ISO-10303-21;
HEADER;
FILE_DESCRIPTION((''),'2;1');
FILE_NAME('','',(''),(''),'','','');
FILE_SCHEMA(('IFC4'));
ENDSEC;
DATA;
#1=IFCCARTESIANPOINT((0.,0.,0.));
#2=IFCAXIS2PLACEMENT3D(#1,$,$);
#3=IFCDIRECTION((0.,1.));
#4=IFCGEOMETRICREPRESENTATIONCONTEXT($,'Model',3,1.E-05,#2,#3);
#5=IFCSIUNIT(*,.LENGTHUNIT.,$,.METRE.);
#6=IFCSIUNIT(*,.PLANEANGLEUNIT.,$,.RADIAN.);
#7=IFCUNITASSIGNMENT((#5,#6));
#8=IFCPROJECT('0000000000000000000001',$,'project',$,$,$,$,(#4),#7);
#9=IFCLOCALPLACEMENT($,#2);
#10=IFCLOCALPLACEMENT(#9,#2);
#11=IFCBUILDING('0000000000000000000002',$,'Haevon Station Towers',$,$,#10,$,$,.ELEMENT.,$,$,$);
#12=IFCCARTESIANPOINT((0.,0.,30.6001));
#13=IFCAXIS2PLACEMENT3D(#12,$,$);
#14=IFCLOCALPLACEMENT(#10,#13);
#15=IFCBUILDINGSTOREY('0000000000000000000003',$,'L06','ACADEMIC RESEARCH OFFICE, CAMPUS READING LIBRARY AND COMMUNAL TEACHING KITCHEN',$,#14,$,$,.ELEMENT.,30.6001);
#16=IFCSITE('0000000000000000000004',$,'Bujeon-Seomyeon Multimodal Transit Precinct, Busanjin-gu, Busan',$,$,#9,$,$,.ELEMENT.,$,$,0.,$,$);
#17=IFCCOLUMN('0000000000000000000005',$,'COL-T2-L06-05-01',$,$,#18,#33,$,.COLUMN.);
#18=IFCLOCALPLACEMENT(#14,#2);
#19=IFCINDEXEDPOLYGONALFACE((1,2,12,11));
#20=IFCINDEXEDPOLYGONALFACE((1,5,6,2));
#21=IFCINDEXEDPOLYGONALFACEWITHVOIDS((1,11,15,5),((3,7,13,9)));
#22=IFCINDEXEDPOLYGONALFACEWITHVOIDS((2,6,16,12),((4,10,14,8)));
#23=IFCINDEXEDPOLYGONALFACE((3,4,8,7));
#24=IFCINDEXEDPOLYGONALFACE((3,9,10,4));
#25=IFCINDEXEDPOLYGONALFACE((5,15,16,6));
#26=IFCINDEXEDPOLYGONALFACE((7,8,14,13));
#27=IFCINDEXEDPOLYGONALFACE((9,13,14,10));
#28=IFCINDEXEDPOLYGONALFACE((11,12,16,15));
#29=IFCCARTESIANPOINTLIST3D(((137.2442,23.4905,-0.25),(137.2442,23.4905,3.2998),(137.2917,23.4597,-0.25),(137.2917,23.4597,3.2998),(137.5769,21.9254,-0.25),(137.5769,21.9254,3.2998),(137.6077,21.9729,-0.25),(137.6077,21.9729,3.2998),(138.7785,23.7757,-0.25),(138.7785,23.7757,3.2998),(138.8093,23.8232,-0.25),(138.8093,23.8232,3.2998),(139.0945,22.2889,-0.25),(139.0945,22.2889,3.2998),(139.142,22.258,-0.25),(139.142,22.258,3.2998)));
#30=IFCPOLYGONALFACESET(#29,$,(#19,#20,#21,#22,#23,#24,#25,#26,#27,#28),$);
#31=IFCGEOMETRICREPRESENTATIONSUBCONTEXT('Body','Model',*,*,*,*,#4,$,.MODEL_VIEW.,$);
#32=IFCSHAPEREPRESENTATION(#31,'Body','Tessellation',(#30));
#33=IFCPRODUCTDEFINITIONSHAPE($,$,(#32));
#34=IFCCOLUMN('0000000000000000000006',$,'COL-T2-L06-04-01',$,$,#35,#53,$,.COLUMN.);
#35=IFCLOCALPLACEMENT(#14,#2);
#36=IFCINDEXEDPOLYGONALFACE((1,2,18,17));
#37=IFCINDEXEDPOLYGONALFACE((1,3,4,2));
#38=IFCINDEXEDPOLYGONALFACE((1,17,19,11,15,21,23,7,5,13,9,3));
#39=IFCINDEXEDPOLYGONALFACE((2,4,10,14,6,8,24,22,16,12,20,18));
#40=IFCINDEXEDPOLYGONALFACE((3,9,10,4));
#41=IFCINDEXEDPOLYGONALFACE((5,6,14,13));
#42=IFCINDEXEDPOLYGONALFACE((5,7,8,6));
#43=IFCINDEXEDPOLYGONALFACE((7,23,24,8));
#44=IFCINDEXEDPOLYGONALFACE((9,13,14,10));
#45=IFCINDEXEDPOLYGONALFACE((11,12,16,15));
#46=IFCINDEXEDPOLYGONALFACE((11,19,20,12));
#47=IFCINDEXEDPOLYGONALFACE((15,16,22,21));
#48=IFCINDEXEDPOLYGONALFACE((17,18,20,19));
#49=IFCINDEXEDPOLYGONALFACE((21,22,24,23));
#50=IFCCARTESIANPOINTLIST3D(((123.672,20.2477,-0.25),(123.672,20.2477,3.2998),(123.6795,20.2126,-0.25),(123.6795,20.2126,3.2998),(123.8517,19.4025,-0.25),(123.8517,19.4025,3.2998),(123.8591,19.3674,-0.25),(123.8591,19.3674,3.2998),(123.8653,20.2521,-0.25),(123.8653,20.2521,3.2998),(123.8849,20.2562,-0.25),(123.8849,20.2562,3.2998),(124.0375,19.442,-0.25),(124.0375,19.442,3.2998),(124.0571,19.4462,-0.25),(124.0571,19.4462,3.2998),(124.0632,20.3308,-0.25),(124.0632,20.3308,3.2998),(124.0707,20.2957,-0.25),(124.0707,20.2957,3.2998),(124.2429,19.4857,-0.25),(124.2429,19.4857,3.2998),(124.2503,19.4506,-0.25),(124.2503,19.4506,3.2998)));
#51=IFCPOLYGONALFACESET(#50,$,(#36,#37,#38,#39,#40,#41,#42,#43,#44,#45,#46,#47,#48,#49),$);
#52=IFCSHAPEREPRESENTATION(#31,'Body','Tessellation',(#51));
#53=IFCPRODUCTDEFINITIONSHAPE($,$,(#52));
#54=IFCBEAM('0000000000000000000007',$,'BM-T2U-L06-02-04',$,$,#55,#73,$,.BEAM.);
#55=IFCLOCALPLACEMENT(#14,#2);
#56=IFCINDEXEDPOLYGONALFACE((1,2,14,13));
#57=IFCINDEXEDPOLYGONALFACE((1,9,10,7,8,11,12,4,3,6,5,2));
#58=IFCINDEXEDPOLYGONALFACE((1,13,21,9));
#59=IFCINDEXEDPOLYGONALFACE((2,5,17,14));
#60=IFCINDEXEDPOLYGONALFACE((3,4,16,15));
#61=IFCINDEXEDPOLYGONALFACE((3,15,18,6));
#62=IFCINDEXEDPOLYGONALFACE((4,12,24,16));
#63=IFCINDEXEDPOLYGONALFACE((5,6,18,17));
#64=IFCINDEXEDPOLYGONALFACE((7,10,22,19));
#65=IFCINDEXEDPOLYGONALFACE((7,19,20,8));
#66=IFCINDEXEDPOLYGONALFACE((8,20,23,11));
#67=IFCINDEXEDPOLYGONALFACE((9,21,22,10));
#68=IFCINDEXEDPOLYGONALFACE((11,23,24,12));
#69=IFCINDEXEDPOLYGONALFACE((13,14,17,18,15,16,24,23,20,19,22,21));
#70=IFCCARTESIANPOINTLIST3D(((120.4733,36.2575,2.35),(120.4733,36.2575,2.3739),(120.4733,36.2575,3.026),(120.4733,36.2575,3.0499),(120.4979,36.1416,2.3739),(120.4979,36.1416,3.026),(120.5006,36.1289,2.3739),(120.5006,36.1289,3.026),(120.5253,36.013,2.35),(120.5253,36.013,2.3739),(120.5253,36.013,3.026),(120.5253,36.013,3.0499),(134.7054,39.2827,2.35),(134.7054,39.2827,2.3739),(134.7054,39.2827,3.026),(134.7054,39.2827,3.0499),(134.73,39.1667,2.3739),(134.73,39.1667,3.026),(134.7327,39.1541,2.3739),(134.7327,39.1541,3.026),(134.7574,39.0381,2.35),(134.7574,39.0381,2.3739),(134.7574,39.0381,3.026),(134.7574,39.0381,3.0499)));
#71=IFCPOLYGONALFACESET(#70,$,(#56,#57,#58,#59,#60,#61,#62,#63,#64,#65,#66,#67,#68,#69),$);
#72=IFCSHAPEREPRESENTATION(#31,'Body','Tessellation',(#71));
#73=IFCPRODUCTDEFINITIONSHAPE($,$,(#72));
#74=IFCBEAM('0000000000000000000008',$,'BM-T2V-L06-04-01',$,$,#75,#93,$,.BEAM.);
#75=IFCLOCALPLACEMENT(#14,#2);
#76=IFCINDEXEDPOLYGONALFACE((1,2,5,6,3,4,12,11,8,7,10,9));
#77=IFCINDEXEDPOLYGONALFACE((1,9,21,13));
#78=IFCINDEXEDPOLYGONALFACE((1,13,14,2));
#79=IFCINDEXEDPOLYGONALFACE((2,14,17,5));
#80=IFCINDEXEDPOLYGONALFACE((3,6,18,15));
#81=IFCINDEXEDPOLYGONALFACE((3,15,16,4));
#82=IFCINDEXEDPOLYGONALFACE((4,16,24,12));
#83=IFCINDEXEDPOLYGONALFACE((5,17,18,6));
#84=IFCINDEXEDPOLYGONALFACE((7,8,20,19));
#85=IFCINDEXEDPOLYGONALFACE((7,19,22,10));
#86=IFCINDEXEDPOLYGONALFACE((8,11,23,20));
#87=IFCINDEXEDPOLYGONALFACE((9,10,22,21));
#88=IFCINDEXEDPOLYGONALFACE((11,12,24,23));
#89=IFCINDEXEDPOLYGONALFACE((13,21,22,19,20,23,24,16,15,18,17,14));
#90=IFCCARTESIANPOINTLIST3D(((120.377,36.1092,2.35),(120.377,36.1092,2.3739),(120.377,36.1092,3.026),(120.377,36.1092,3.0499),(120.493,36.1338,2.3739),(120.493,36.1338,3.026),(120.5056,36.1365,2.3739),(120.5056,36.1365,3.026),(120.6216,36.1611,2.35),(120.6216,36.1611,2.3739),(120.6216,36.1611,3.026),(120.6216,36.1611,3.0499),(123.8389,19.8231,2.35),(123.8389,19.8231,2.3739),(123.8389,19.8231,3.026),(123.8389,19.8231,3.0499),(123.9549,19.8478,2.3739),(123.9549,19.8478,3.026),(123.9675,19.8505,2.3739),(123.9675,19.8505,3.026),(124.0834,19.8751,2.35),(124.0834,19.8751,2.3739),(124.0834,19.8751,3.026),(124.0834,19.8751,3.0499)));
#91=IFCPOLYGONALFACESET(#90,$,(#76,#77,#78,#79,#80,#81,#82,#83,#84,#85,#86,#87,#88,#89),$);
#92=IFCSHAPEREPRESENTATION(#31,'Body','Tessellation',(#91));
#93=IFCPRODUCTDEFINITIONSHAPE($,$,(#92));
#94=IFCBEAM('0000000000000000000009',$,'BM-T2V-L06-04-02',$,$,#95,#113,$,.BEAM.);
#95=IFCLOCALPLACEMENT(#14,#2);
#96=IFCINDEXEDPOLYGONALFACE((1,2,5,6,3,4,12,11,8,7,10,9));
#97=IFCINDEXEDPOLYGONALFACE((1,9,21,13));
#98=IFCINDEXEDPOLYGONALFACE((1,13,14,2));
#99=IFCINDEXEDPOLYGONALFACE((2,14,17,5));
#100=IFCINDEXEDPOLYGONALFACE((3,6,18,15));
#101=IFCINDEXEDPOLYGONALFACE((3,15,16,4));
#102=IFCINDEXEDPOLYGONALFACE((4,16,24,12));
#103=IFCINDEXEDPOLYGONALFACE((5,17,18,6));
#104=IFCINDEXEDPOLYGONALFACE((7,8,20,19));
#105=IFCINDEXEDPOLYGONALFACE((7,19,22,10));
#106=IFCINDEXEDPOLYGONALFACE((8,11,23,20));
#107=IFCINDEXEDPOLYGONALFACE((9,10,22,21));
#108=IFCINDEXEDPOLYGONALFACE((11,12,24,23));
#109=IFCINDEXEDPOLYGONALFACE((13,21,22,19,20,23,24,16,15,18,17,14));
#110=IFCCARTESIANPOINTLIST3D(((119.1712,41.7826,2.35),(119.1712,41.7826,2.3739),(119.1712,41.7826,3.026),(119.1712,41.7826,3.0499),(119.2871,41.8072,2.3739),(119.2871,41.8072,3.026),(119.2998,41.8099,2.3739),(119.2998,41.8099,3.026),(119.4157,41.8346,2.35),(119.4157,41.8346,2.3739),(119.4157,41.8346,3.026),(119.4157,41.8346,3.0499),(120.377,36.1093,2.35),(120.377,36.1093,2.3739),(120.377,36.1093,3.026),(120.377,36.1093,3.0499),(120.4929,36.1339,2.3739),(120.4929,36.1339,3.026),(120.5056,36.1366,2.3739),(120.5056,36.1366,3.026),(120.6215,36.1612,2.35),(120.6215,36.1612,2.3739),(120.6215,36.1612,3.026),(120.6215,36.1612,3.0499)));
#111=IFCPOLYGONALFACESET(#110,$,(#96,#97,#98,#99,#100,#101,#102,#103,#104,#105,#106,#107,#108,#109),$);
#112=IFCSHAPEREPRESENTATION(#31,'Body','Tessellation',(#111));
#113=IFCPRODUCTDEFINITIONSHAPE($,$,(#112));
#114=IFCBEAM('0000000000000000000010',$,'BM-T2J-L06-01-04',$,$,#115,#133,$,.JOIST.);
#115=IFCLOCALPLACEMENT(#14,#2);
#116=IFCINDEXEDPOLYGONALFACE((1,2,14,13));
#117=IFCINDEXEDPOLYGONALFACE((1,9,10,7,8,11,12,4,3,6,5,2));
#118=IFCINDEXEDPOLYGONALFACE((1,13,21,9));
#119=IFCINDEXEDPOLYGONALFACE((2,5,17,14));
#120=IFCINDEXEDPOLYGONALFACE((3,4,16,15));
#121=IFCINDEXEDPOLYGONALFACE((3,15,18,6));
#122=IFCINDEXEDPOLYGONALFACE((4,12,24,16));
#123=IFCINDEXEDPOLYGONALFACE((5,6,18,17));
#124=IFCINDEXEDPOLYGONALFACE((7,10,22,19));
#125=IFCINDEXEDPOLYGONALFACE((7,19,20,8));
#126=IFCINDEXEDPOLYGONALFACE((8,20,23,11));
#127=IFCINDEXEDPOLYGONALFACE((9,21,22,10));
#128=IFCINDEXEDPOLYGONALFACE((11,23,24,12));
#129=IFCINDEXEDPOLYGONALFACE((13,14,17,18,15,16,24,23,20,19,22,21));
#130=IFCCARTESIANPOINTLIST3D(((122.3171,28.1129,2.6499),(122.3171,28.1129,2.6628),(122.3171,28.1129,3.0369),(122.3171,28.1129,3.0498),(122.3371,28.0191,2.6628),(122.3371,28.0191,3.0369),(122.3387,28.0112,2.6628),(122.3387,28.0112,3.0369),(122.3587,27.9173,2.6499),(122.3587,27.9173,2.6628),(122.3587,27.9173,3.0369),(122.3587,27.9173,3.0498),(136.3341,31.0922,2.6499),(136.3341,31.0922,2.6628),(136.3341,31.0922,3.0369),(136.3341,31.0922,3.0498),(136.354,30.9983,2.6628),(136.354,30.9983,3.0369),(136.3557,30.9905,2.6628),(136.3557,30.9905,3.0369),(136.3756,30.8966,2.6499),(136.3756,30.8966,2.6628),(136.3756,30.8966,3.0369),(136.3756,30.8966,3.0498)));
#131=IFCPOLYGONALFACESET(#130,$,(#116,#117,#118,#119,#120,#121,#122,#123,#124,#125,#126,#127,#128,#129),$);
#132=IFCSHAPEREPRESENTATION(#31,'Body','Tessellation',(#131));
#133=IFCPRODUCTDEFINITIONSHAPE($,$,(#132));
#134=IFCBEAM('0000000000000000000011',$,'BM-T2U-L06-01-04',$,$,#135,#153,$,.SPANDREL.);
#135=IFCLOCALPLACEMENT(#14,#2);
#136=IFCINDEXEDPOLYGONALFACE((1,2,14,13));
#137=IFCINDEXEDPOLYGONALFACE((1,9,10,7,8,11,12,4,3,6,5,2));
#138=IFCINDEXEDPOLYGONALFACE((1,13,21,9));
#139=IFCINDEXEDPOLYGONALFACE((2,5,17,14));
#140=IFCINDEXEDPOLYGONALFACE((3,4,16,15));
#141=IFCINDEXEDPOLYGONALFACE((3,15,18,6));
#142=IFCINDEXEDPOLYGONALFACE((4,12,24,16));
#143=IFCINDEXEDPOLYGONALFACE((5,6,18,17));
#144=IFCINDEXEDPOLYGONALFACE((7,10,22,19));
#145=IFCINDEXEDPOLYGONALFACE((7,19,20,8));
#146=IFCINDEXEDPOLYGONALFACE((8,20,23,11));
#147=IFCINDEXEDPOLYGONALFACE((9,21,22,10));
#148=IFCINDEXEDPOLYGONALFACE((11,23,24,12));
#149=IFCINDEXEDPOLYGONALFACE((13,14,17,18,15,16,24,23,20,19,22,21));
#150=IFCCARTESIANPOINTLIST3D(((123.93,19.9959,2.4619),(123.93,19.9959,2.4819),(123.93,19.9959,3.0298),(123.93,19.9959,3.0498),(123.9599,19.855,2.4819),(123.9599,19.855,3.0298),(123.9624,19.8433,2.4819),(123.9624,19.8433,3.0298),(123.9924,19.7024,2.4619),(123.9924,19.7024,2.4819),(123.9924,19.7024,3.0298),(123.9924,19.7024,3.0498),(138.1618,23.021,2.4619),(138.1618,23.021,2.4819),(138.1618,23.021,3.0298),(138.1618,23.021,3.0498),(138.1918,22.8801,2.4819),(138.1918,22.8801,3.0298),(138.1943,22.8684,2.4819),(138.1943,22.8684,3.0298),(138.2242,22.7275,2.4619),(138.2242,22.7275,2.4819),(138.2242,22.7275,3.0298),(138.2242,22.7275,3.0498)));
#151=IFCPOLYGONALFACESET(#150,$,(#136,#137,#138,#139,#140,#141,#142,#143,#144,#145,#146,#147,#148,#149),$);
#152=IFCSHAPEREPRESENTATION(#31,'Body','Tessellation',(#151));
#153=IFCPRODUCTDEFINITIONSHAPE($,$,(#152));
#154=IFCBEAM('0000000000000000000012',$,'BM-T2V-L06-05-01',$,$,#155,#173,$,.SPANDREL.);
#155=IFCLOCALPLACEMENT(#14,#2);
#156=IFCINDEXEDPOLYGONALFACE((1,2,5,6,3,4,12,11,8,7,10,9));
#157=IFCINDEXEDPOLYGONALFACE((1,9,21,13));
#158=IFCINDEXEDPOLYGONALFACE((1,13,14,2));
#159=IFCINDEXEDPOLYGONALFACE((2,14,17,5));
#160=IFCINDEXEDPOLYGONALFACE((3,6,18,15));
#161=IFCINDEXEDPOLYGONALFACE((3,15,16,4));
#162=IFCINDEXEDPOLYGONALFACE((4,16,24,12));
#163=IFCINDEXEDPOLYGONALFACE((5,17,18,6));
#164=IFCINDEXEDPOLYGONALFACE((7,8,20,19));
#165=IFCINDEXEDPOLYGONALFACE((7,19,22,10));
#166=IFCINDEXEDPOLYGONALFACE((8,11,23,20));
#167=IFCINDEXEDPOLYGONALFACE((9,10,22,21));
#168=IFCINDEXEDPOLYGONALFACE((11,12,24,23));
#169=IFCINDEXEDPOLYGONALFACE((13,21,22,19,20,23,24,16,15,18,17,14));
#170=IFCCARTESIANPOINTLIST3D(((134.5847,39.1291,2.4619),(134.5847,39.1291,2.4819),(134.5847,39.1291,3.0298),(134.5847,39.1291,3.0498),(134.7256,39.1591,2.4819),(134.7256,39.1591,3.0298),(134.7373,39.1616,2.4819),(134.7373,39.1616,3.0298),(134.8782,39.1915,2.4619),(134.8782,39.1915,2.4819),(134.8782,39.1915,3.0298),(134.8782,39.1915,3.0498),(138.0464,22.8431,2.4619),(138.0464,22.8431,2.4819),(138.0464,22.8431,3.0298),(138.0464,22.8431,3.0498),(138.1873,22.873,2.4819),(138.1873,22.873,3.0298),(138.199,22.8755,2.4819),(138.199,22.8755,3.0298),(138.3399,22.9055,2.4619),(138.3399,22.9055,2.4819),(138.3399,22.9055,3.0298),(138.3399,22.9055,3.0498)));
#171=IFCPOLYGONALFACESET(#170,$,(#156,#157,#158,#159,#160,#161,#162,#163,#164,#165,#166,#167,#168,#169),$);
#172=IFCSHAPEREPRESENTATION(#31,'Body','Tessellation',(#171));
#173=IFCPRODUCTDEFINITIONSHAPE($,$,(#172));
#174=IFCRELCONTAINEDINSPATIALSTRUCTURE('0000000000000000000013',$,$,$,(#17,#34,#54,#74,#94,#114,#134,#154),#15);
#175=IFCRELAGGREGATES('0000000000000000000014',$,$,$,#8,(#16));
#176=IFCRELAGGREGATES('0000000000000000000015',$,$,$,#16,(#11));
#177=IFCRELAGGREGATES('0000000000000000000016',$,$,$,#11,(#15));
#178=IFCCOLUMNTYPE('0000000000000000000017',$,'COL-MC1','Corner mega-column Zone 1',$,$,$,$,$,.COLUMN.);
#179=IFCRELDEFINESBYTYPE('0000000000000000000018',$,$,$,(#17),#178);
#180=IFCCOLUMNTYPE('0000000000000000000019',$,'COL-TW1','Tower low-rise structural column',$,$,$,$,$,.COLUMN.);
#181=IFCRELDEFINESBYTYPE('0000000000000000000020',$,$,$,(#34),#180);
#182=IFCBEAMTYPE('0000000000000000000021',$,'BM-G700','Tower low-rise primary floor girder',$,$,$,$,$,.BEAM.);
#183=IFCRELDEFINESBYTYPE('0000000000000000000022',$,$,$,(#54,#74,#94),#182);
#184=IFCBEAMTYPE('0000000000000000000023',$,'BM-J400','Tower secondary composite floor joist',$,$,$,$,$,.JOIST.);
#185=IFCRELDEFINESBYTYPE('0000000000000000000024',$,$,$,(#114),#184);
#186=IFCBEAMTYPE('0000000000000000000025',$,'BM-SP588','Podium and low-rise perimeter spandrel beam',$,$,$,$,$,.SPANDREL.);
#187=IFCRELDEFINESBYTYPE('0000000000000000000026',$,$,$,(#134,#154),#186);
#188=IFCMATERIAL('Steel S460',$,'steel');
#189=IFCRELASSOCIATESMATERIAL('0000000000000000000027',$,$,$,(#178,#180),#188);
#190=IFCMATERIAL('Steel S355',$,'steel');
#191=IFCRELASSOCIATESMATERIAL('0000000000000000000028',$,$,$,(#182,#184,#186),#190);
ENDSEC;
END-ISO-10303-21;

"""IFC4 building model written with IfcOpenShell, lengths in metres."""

from ifc_helpers import new_model, si_unit, direction, frame, origin, origin_2d, place, context, subcontext, project, spatial, hollow_rectangle, i_section, extrude, material, material_profile, profile_set, type_object, element, save


model = new_model("IFC4")

# Units and contexts
model_context = context("Model", 3, precision=1e-05, world=origin(), true_north=direction((0.0, 1.0)))
body_context = subcontext(model_context, "Body", "Model", "MODEL_VIEW")
ifc_project = project(units=[si_unit("LENGTHUNIT", "METRE"), si_unit("PLANEANGLEUNIT", "RADIAN")], contexts=[model_context])

# Site, building, storey
site_placement = place(None, origin())
site = spatial("IfcSite", under=ifc_project, at=site_placement, Name="Bujeon-Seomyeon Multimodal Transit Precinct, Busanjin-gu, Busan", CompositionType="ELEMENT", RefElevation=0.0)
building_placement = place(site_placement, origin())
building = spatial("IfcBuilding", under=site, at=building_placement, Name="Haevon Station Towers", CompositionType="ELEMENT")
storey_placement = place(building_placement, frame((0.0, 0.0, 30.6001)))
storey = spatial("IfcBuildingStorey", under=building, at=storey_placement, Name="L06", Description="ACADEMIC RESEARCH OFFICE, CAMPUS READING LIBRARY AND COMMUNAL TEACHING KITCHEN", CompositionType="ELEMENT", Elevation=30.6001)

# Columns
ifc_material_1 = material(Name="Steel S460", Category="steel")
ifc_material_profile_1 = material_profile(ifc_material_1, hollow_rectangle(XDim=1.6001, YDim=1.6001, WallThickness=0.04, at=origin_2d()), Name="BOX-1600x1600x40")
ifc_profile_set_1 = profile_set([ifc_material_profile_1], Name="Steel S460")
column_type_1 = type_object("IfcColumnType", Name="COL-MC1", Description="Corner mega-column Zone 1", PredefinedType="COLUMN", material=ifc_profile_set_1)
column_1_placement = place(storey_placement, frame((138.1931, 22.8743, -0.25), z_axis=(0.0, 0.0, 1.0), x_axis=(0.978148, 0.207912, 0.0)))
element("IfcColumn", 1, at=column_1_placement, inside=storey, type_object=column_type_1, Name="COL-T2-L06-05-01", PredefinedType="COLUMN", context=body_context, shape_type="SweptSolid", body=[
    extrude(hollow_rectangle(XDim=1.6001, YDim=1.6001, WallThickness=0.04, at=origin_2d()), origin(), (0.0, 0.0, 1.0), 3.5498),
])
ifc_material_profile_2 = material_profile(ifc_material_1, i_section(OverallWidth=0.3999, OverallDepth=0.8999, WebThickness=0.02, FlangeThickness=0.0359, at=origin_2d()), Name="H-900x400x20x36")
ifc_profile_set_2 = profile_set([ifc_material_profile_2], Name="Steel S460")
column_type_2 = type_object("IfcColumnType", Name="COL-TW1", Description="Tower low-rise structural column", PredefinedType="COLUMN", material=ifc_profile_set_2)
column_2_placement = place(storey_placement, frame((123.9612, 19.8491, -0.25), z_axis=(0.0, 0.0, 1.0), x_axis=(0.978148, 0.207912, 0.0)))
element("IfcColumn", 2, at=column_2_placement, inside=storey, type_object=column_type_2, Name="COL-T2-L06-04-01", PredefinedType="COLUMN", context=body_context, shape_type="SweptSolid", body=[
    extrude(i_section(OverallWidth=0.3999, OverallDepth=0.8999, WebThickness=0.02, FlangeThickness=0.0359, at=origin_2d()), origin(), (0.0, 0.0, 1.0), 3.5498),
])

# Beams
ifc_material_2 = material(Name="Steel S355", Category="steel")
ifc_material_profile_3 = material_profile(ifc_material_2, i_section(OverallWidth=0.25, OverallDepth=0.7, WebThickness=0.0129, FlangeThickness=0.0239, at=origin_2d()), Name="H-700x250x13x24")
ifc_profile_set_3 = profile_set([ifc_material_profile_3], Name="Steel S355")
beam_type_1 = type_object("IfcBeamType", Name="BM-G700", Description="Tower low-rise primary floor girder", PredefinedType="BEAM", material=ifc_profile_set_3)
beam_1_placement = place(storey_placement, frame((120.4993, 36.1353, 2.7), z_axis=(0.978148, 0.207912, 0.0), x_axis=(-0.207912, 0.978148, 0.0)))
element("IfcBeam", 3, at=beam_1_placement, inside=storey, type_object=beam_type_1, Name="BM-T2U-L06-02-04", PredefinedType="BEAM", context=body_context, shape_type="SweptSolid", body=[
    extrude(i_section(OverallWidth=0.25, OverallDepth=0.7, WebThickness=0.0129, FlangeThickness=0.0239, at=origin_2d()), origin(), (0.0, 0.0, 1.0), 14.55),
])
beam_2_placement = place(storey_placement, frame((123.9612, 19.8491, 2.7), z_axis=(-0.207923, 0.978145, 0.0), x_axis=(-0.978145, -0.207923, 0.0)))
element("IfcBeam", 4, at=beam_2_placement, inside=storey, type_object=beam_type_1, Name="BM-T2V-L06-04-01", PredefinedType="BEAM", context=body_context, shape_type="SweptSolid", body=[
    extrude(i_section(OverallWidth=0.25, OverallDepth=0.7, WebThickness=0.0129, FlangeThickness=0.0239, at=origin_2d()), origin(), (0.0, 0.0, 1.0), 16.6499),
])
beam_3_placement = place(storey_placement, frame((120.4993, 36.1353, 2.7), z_axis=(-0.207896, 0.978151, 0.0), x_axis=(-0.978151, -0.207896, 0.0)))
element("IfcBeam", 5, at=beam_3_placement, inside=storey, type_object=beam_type_1, Name="BM-T2V-L06-04-02", PredefinedType="BEAM", context=body_context, shape_type="SweptSolid", body=[
    extrude(i_section(OverallWidth=0.25, OverallDepth=0.7, WebThickness=0.0129, FlangeThickness=0.0239, at=origin_2d()), origin(), (0.0, 0.0, 1.0), 5.8),
])
ifc_material_profile_4 = material_profile(ifc_material_2, i_section(OverallWidth=0.2, OverallDepth=0.3999, WebThickness=0.0081, FlangeThickness=0.0129, at=origin_2d()), Name="H-400x200x8x13")
ifc_profile_set_4 = profile_set([ifc_material_profile_4], Name="Steel S355")
beam_type_2 = type_object("IfcBeamType", Name="BM-J400", Description="Tower secondary composite floor joist", PredefinedType="JOIST", material=ifc_profile_set_4)
beam_4_placement = place(storey_placement, frame((122.3379, 28.0151, 2.8499), z_axis=(0.978149, 0.207903, 0.0), x_axis=(-0.207903, 0.978149, 0.0)))
element("IfcBeam", 6, at=beam_4_placement, inside=storey, type_object=beam_type_2, Name="BM-T2J-L06-01-04", PredefinedType="JOIST", context=body_context, shape_type="SweptSolid", body=[
    extrude(i_section(OverallWidth=0.2, OverallDepth=0.3999, WebThickness=0.0081, FlangeThickness=0.0129, at=origin_2d()), origin(), (0.0, 0.0, 1.0), 14.3301),
])
ifc_material_profile_5 = material_profile(ifc_material_2, i_section(OverallWidth=0.3, OverallDepth=0.5879, WebThickness=0.012, FlangeThickness=0.02, at=origin_2d()), Name="H-588x300x12x20")
ifc_profile_set_5 = profile_set([ifc_material_profile_5], Name="Steel S355")
beam_type_3 = type_object("IfcBeamType", Name="BM-SP588", Description="Podium and low-rise perimeter spandrel beam", PredefinedType="SPANDREL", material=ifc_profile_set_5)
beam_5_placement = place(storey_placement, frame((123.9612, 19.8491, 2.7559), z_axis=(0.978147, 0.207915, 0.0), x_axis=(-0.207915, 0.978147, 0.0)))
element("IfcBeam", 7, at=beam_5_placement, inside=storey, type_object=beam_type_3, Name="BM-T2U-L06-01-04", PredefinedType="SPANDREL", context=body_context, shape_type="SweptSolid", body=[
    extrude(i_section(OverallWidth=0.3, OverallDepth=0.5879, WebThickness=0.012, FlangeThickness=0.02, at=origin_2d()), origin(), (0.0, 0.0, 1.0), 14.5498),
])
beam_6_placement = place(storey_placement, frame((138.1931, 22.8743, 2.7559), z_axis=(-0.207909, 0.978148, 0.0), x_axis=(-0.978148, -0.207909, 0.0)))
element("IfcBeam", 8, at=beam_6_placement, inside=storey, type_object=beam_type_3, Name="BM-T2V-L06-05-01", PredefinedType="SPANDREL", context=body_context, shape_type="SweptSolid", body=[
    extrude(i_section(OverallWidth=0.3, OverallDepth=0.5879, WebThickness=0.012, FlangeThickness=0.02, at=origin_2d()), origin(), (0.0, 0.0, 1.0), 16.6499),
])

save(model, "model.ifc")
